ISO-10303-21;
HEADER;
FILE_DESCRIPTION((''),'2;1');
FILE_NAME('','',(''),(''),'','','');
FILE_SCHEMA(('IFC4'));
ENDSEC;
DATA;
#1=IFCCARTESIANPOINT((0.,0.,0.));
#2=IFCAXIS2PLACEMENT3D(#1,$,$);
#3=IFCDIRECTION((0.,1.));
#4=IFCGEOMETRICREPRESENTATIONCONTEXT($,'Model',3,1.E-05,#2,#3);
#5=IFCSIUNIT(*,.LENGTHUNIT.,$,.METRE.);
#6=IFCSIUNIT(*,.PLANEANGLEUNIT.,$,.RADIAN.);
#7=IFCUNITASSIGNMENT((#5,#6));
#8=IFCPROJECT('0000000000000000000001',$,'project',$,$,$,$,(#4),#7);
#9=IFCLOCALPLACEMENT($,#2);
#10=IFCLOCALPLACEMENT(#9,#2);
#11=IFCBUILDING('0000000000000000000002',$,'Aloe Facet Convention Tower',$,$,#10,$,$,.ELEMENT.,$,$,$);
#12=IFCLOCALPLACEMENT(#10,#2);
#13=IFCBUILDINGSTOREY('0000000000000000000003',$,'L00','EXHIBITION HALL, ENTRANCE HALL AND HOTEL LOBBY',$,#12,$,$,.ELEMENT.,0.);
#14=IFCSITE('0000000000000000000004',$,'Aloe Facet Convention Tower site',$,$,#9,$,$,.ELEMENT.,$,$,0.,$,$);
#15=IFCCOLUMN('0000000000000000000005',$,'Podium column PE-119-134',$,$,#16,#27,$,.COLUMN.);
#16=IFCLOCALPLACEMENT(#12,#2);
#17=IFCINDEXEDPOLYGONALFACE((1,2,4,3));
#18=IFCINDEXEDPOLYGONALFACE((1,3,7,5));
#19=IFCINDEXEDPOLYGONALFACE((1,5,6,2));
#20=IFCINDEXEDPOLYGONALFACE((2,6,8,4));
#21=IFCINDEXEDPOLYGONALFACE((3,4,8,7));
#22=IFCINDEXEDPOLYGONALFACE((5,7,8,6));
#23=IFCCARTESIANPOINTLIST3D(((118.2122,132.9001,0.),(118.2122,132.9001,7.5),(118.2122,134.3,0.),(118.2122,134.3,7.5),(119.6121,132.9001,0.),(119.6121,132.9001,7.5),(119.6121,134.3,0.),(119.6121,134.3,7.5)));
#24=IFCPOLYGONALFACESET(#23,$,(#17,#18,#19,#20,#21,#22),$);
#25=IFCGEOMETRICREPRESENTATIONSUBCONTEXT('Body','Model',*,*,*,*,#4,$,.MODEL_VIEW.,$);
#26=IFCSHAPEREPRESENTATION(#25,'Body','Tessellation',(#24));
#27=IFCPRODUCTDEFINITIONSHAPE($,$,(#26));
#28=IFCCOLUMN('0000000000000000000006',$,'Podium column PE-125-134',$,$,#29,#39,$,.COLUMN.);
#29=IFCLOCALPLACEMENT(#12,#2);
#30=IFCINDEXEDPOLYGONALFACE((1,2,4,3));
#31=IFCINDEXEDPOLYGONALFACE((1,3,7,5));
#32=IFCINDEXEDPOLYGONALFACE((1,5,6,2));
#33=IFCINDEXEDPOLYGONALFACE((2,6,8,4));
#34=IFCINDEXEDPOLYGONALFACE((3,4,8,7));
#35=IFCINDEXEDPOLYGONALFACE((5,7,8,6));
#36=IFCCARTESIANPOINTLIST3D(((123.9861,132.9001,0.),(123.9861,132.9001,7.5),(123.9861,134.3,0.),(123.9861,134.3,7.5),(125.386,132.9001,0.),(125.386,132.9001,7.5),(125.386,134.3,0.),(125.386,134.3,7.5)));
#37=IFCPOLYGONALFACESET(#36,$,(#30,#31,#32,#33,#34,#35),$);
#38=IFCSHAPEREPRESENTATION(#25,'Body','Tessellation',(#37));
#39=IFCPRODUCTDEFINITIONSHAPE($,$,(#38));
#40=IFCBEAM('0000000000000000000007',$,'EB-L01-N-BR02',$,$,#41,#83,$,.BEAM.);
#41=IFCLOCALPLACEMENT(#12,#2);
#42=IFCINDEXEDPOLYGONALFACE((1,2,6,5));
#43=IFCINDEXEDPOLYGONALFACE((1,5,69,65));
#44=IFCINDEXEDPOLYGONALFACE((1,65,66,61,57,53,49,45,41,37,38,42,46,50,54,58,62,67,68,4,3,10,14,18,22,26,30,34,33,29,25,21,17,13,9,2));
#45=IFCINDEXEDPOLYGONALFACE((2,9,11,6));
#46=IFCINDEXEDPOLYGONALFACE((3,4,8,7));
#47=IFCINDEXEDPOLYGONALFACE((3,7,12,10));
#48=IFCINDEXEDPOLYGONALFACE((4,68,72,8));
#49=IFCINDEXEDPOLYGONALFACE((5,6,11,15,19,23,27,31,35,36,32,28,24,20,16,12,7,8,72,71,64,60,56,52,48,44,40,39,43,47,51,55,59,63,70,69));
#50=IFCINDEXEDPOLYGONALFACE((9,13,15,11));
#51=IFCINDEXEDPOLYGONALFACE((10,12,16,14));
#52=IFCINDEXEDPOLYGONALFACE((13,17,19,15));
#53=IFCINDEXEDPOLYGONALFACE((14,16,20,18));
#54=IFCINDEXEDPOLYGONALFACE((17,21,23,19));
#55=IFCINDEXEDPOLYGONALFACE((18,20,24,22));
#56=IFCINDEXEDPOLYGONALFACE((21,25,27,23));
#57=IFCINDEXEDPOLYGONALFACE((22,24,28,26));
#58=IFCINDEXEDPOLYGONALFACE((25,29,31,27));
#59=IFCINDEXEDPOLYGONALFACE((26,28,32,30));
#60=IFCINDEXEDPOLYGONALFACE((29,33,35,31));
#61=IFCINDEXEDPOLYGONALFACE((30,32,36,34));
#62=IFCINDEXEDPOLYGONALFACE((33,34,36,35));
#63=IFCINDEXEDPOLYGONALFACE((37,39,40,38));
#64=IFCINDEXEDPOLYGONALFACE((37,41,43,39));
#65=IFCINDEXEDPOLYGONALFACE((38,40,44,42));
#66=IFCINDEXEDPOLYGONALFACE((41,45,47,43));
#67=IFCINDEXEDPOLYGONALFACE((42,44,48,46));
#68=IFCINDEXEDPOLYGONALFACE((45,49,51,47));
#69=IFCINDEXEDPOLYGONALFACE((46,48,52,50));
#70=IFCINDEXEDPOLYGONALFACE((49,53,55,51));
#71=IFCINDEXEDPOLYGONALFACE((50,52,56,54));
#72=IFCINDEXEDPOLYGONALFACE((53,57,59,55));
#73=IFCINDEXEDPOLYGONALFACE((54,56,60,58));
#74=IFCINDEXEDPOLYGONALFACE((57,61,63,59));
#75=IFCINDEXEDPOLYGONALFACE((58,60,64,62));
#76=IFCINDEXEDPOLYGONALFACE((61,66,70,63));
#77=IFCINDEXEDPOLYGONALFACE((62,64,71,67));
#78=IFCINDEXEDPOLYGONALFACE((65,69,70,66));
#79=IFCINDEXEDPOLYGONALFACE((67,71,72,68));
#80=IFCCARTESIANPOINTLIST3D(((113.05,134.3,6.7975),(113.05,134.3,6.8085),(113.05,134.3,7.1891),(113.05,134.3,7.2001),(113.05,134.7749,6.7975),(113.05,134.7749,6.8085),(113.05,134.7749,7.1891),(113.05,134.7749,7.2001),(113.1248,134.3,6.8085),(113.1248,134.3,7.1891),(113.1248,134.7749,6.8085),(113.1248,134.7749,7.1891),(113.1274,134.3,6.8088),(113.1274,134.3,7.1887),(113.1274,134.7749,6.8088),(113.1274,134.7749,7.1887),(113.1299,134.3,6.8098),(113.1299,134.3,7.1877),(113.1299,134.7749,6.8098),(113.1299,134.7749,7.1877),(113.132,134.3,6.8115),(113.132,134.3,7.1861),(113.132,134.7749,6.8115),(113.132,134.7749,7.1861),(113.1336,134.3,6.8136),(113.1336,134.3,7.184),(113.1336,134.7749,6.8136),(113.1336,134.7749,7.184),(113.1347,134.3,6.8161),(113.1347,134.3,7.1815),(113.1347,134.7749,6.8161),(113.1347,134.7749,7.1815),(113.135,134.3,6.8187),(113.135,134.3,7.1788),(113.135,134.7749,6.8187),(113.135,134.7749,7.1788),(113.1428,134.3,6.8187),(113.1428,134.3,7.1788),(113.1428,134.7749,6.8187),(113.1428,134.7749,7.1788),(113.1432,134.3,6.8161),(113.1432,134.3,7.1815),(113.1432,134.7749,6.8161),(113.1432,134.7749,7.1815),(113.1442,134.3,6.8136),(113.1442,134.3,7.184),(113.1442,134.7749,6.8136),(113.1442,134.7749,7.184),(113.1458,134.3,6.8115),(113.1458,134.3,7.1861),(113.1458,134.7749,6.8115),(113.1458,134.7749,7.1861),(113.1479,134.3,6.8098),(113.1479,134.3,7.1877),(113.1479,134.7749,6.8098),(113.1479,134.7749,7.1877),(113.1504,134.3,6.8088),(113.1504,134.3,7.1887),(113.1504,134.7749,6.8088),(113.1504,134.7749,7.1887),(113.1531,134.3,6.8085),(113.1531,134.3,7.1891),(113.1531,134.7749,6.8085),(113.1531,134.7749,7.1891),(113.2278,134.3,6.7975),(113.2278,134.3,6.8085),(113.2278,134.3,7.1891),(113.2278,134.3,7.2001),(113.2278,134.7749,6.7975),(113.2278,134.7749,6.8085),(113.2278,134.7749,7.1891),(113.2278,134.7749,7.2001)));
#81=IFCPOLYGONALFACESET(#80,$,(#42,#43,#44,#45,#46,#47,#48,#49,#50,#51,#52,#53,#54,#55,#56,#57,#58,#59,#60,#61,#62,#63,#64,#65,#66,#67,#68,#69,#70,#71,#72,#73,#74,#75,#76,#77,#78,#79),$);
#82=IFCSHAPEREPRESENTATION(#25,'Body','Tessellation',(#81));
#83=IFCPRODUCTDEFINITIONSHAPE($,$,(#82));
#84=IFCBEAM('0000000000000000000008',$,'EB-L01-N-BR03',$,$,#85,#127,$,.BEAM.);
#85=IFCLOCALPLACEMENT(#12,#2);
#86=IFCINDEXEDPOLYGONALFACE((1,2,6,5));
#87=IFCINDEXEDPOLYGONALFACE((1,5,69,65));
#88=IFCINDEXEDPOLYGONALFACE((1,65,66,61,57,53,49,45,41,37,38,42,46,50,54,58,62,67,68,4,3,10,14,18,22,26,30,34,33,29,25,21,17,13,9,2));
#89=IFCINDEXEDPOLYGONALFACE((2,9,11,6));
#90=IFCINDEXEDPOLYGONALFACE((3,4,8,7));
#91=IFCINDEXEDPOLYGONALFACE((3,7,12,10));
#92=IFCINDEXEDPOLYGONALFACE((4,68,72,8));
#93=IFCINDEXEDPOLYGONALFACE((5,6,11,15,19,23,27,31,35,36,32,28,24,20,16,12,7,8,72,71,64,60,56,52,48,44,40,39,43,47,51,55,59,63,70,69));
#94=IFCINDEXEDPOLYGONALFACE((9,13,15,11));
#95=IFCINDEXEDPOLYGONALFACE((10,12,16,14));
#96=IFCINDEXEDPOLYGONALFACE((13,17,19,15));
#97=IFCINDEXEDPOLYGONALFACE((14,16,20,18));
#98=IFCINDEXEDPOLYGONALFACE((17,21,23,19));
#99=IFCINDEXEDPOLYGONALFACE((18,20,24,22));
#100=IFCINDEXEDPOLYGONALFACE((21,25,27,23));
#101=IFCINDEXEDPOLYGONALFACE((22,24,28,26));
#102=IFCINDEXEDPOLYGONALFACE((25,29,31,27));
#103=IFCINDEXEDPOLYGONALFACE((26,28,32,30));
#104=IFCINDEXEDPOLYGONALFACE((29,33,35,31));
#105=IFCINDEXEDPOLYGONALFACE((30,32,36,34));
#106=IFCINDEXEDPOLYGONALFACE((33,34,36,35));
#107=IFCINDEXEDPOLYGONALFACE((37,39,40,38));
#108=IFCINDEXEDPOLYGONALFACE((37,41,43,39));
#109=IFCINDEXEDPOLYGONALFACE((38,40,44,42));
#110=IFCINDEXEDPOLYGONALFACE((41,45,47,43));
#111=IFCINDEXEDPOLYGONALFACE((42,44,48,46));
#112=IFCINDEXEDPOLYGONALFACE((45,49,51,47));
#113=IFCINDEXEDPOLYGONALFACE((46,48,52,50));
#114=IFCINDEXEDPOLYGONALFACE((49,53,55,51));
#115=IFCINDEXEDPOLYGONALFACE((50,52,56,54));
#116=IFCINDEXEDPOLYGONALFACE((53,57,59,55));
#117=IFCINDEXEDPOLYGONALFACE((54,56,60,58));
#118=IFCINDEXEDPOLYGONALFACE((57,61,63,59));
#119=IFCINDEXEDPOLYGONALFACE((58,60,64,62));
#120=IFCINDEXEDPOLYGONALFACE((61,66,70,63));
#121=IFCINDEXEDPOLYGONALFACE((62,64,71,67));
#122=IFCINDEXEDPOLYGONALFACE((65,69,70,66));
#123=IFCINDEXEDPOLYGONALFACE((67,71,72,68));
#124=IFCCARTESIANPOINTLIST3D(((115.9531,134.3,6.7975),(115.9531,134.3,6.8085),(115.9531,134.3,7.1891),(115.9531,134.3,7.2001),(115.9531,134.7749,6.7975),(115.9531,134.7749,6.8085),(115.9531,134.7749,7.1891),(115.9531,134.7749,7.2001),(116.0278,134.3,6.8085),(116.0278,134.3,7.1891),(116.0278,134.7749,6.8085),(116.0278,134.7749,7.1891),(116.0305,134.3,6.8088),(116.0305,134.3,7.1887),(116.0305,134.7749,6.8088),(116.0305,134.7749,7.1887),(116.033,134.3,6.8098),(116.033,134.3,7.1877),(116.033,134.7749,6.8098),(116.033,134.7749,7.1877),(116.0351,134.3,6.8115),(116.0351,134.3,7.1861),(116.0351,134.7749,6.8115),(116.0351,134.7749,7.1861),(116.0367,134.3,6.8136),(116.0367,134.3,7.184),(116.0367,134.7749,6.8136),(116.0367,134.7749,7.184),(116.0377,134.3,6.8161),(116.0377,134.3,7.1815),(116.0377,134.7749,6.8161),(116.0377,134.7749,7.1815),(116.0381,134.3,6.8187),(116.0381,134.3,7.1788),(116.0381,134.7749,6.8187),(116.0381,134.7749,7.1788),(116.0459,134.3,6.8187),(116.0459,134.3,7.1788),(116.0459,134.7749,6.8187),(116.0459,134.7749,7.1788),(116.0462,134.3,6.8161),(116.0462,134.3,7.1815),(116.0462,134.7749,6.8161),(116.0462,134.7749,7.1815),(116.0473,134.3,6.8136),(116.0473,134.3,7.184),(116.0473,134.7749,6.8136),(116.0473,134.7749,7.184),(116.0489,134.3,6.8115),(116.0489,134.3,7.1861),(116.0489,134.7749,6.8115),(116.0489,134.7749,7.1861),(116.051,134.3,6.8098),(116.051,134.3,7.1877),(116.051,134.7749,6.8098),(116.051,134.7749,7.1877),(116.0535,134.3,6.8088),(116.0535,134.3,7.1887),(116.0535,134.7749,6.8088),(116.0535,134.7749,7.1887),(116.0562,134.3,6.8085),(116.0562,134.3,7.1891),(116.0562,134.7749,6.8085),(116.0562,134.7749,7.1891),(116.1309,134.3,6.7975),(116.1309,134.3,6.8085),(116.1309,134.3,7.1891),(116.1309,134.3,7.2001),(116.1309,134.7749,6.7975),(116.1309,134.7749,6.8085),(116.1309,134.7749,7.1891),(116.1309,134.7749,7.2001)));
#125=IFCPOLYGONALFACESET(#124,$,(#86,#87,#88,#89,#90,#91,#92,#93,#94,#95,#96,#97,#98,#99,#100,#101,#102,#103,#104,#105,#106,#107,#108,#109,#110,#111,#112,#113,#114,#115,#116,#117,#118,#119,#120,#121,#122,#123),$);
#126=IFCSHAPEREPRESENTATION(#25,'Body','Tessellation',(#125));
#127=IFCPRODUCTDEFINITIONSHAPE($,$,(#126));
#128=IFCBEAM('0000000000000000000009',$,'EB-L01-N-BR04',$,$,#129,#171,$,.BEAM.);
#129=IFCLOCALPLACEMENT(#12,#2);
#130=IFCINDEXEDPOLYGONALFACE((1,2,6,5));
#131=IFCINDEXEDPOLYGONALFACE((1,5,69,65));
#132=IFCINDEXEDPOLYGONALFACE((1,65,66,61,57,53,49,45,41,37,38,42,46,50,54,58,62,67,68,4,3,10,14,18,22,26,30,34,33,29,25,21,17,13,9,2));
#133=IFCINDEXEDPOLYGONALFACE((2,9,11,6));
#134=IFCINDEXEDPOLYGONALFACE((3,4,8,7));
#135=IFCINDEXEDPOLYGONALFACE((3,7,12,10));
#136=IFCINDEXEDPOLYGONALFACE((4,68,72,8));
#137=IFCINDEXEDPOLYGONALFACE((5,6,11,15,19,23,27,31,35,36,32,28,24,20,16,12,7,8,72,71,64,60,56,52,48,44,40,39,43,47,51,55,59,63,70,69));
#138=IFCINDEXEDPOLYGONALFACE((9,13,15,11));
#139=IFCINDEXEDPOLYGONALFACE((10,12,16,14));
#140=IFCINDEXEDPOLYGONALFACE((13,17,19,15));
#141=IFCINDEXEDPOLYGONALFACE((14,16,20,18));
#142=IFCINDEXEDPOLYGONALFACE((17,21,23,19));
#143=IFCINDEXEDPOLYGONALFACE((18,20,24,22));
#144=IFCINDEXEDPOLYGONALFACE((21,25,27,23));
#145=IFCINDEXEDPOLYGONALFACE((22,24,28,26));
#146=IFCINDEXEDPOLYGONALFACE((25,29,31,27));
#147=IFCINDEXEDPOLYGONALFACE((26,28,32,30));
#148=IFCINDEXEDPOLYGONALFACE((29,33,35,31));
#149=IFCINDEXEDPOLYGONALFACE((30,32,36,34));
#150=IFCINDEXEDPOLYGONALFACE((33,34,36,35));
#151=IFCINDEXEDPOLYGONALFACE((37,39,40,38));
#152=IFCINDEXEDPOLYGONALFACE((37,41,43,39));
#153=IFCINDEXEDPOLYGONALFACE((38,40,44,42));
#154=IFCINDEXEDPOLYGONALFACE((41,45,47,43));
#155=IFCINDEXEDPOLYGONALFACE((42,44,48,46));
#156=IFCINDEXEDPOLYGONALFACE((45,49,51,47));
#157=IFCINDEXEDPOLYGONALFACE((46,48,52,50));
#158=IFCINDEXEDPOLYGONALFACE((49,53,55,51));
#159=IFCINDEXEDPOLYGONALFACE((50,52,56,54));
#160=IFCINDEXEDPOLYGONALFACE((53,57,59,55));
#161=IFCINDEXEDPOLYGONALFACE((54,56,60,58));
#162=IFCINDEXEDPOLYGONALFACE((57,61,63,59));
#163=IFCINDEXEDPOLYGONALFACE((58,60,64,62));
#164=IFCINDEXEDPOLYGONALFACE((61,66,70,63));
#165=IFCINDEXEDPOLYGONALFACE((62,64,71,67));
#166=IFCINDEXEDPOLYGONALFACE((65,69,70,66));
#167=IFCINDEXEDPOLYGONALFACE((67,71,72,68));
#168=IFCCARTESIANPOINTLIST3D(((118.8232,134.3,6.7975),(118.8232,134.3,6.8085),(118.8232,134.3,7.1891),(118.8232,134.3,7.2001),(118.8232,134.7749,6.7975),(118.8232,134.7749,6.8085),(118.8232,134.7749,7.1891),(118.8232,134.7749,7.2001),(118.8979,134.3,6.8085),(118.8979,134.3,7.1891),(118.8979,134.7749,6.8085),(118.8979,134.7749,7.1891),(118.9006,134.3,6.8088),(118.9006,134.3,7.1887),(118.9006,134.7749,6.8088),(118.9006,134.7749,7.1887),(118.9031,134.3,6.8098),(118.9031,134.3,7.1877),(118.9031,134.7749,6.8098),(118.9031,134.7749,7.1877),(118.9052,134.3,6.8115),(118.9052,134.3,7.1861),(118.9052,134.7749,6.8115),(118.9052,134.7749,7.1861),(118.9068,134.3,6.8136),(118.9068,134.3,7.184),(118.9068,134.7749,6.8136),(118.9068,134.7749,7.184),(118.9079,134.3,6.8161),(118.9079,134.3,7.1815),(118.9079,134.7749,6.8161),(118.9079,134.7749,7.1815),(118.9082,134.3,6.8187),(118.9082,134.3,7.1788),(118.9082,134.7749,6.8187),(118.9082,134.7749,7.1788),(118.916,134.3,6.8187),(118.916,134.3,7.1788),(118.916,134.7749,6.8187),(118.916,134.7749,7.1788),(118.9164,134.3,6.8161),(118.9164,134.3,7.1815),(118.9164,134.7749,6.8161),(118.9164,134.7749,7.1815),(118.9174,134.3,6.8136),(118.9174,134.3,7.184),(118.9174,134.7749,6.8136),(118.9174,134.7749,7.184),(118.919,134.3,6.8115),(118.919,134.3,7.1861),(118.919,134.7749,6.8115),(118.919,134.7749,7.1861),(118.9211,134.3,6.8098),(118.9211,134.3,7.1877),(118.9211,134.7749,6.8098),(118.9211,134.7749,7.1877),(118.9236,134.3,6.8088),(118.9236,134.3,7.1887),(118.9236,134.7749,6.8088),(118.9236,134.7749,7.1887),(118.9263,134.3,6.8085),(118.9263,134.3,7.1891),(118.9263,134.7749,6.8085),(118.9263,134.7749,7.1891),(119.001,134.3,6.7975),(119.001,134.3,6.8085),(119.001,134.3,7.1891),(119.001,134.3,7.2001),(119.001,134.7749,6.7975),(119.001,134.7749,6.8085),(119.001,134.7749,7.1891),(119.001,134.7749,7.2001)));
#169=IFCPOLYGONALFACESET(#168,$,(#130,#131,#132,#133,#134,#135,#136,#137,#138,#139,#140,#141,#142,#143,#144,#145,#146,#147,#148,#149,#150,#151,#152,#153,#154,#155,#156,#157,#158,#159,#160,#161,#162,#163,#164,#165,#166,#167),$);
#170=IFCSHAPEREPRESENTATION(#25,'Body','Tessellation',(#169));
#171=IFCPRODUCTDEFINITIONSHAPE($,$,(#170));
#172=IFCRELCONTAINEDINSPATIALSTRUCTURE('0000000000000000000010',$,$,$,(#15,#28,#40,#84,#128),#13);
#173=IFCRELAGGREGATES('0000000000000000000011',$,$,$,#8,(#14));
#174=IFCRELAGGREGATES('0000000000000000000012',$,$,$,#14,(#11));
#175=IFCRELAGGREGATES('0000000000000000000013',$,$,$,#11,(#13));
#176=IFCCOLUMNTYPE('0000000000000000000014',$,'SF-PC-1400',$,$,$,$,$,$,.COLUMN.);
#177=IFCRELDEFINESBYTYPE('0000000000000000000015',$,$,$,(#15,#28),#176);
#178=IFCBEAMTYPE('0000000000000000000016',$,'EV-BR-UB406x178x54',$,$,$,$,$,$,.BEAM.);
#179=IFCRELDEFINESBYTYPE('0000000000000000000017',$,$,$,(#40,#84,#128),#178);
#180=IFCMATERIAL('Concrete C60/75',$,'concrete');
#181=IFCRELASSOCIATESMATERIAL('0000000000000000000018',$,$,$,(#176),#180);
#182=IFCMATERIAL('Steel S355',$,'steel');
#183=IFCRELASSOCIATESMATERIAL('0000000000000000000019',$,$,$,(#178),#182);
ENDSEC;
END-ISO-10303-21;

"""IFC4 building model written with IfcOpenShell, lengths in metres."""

from ifc_helpers import new_model, si_unit, direction, frame, origin, origin_2d, place, context, subcontext, project, spatial, rectangle, i_section, extrude, material, material_profile, profile_set, type_object, element, save


model = new_model("IFC4")

# Units and contexts
model_context = context("Model", 3, precision=1e-05, world=origin(), true_north=direction((0.0, 1.0)))
body_context = subcontext(model_context, "Body", "Model", "MODEL_VIEW")
ifc_project = project(units=[si_unit("LENGTHUNIT", "METRE"), si_unit("PLANEANGLEUNIT", "RADIAN")], contexts=[model_context])

# Site, building, storey
site_placement = place(None, origin())
site = spatial("IfcSite", under=ifc_project, at=site_placement, Name="Aloe Facet Convention Tower site", CompositionType="ELEMENT", RefElevation=0.0)
building_placement = place(site_placement, origin())
building = spatial("IfcBuilding", under=site, at=building_placement, Name="Aloe Facet Convention Tower", CompositionType="ELEMENT")
storey_placement = place(building_placement, origin())
storey = spatial("IfcBuildingStorey", under=building, at=storey_placement, Name="L00", Description="EXHIBITION HALL, ENTRANCE HALL AND HOTEL LOBBY", CompositionType="ELEMENT", Elevation=0.0)

# Columns
ifc_material_1 = material(Name="Concrete C60/75", Category="concrete")
ifc_material_profile_1 = material_profile(ifc_material_1, rectangle(XDim=1.3999, YDim=1.3999, at=origin_2d()), Name="SF-PC-1400")
ifc_profile_set_1 = profile_set([ifc_material_profile_1], Name="Concrete C60/75")
column_type = type_object("IfcColumnType", Name="SF-PC-1400", PredefinedType="COLUMN", material=ifc_profile_set_1)
for number, where, z_axis, x_axis, name in (
    (1, (118.9121, 133.6001, 0.0), (0.0, 0.0, 1.0), (1.0, 0.0, 0.0), "Podium column PE-119-134"),
    (2, (124.686, 133.6001, 0.0), (0.0, 0.0, 1.0), (1.0, 0.0, 0.0), "Podium column PE-125-134"),
):
    element("IfcColumn", number, at=place(storey_placement, frame(where, z_axis=z_axis, x_axis=x_axis)), inside=storey, type_object=column_type, Name=name, PredefinedType="COLUMN", context=body_context, shape_type="SweptSolid", body=[
        extrude(rectangle(XDim=1.3999, YDim=1.3999, at=origin_2d()), origin(), (0.0, 0.0, 1.0), 7.5),
    ])

# Beams
ifc_material_2 = material(Name="Steel S355", Category="steel")
ifc_material_profile_2 = material_profile(ifc_material_2, i_section(OverallWidth=0.1777, OverallDepth=0.4026, WebThickness=0.0078, FlangeThickness=0.011, FilletRadius=0.0103, at=origin_2d()), Name="UB 406x178x54")
ifc_profile_set_2 = profile_set([ifc_material_profile_2], Name="Steel S355")
beam_type_1 = type_object("IfcBeamType", Name="EV-BR-UB406x178x54", PredefinedType="BEAM", material=ifc_profile_set_2)
for number, where, z_axis, x_axis, name in (
    (3, (113.1389, 134.3, 6.9988), (0.0, 1.0, 0.0), (-1.0, 0.0, 0.0), "EB-L01-N-BR02"),
    (4, (116.042, 134.3, 6.9988), (0.0, 1.0, 0.0), (-1.0, 0.0, 0.0), "EB-L01-N-BR03"),
    (5, (118.9121, 134.3, 6.9988), (0.0, 1.0, 0.0), (-1.0, 0.0, 0.0), "EB-L01-N-BR04"),
):
    element("IfcBeam", number, at=place(storey_placement, frame(where, z_axis=z_axis, x_axis=x_axis)), inside=storey, type_object=beam_type_1, Name=name, PredefinedType="BEAM", context=body_context, shape_type="SweptSolid", body=[
        extrude(i_section(OverallWidth=0.1777, OverallDepth=0.4026, WebThickness=0.0078, FlangeThickness=0.011, FilletRadius=0.0103, at=origin_2d()), origin(), (0.0, 0.0, 1.0), 0.4749),
    ])

save(model, "model.ifc")
